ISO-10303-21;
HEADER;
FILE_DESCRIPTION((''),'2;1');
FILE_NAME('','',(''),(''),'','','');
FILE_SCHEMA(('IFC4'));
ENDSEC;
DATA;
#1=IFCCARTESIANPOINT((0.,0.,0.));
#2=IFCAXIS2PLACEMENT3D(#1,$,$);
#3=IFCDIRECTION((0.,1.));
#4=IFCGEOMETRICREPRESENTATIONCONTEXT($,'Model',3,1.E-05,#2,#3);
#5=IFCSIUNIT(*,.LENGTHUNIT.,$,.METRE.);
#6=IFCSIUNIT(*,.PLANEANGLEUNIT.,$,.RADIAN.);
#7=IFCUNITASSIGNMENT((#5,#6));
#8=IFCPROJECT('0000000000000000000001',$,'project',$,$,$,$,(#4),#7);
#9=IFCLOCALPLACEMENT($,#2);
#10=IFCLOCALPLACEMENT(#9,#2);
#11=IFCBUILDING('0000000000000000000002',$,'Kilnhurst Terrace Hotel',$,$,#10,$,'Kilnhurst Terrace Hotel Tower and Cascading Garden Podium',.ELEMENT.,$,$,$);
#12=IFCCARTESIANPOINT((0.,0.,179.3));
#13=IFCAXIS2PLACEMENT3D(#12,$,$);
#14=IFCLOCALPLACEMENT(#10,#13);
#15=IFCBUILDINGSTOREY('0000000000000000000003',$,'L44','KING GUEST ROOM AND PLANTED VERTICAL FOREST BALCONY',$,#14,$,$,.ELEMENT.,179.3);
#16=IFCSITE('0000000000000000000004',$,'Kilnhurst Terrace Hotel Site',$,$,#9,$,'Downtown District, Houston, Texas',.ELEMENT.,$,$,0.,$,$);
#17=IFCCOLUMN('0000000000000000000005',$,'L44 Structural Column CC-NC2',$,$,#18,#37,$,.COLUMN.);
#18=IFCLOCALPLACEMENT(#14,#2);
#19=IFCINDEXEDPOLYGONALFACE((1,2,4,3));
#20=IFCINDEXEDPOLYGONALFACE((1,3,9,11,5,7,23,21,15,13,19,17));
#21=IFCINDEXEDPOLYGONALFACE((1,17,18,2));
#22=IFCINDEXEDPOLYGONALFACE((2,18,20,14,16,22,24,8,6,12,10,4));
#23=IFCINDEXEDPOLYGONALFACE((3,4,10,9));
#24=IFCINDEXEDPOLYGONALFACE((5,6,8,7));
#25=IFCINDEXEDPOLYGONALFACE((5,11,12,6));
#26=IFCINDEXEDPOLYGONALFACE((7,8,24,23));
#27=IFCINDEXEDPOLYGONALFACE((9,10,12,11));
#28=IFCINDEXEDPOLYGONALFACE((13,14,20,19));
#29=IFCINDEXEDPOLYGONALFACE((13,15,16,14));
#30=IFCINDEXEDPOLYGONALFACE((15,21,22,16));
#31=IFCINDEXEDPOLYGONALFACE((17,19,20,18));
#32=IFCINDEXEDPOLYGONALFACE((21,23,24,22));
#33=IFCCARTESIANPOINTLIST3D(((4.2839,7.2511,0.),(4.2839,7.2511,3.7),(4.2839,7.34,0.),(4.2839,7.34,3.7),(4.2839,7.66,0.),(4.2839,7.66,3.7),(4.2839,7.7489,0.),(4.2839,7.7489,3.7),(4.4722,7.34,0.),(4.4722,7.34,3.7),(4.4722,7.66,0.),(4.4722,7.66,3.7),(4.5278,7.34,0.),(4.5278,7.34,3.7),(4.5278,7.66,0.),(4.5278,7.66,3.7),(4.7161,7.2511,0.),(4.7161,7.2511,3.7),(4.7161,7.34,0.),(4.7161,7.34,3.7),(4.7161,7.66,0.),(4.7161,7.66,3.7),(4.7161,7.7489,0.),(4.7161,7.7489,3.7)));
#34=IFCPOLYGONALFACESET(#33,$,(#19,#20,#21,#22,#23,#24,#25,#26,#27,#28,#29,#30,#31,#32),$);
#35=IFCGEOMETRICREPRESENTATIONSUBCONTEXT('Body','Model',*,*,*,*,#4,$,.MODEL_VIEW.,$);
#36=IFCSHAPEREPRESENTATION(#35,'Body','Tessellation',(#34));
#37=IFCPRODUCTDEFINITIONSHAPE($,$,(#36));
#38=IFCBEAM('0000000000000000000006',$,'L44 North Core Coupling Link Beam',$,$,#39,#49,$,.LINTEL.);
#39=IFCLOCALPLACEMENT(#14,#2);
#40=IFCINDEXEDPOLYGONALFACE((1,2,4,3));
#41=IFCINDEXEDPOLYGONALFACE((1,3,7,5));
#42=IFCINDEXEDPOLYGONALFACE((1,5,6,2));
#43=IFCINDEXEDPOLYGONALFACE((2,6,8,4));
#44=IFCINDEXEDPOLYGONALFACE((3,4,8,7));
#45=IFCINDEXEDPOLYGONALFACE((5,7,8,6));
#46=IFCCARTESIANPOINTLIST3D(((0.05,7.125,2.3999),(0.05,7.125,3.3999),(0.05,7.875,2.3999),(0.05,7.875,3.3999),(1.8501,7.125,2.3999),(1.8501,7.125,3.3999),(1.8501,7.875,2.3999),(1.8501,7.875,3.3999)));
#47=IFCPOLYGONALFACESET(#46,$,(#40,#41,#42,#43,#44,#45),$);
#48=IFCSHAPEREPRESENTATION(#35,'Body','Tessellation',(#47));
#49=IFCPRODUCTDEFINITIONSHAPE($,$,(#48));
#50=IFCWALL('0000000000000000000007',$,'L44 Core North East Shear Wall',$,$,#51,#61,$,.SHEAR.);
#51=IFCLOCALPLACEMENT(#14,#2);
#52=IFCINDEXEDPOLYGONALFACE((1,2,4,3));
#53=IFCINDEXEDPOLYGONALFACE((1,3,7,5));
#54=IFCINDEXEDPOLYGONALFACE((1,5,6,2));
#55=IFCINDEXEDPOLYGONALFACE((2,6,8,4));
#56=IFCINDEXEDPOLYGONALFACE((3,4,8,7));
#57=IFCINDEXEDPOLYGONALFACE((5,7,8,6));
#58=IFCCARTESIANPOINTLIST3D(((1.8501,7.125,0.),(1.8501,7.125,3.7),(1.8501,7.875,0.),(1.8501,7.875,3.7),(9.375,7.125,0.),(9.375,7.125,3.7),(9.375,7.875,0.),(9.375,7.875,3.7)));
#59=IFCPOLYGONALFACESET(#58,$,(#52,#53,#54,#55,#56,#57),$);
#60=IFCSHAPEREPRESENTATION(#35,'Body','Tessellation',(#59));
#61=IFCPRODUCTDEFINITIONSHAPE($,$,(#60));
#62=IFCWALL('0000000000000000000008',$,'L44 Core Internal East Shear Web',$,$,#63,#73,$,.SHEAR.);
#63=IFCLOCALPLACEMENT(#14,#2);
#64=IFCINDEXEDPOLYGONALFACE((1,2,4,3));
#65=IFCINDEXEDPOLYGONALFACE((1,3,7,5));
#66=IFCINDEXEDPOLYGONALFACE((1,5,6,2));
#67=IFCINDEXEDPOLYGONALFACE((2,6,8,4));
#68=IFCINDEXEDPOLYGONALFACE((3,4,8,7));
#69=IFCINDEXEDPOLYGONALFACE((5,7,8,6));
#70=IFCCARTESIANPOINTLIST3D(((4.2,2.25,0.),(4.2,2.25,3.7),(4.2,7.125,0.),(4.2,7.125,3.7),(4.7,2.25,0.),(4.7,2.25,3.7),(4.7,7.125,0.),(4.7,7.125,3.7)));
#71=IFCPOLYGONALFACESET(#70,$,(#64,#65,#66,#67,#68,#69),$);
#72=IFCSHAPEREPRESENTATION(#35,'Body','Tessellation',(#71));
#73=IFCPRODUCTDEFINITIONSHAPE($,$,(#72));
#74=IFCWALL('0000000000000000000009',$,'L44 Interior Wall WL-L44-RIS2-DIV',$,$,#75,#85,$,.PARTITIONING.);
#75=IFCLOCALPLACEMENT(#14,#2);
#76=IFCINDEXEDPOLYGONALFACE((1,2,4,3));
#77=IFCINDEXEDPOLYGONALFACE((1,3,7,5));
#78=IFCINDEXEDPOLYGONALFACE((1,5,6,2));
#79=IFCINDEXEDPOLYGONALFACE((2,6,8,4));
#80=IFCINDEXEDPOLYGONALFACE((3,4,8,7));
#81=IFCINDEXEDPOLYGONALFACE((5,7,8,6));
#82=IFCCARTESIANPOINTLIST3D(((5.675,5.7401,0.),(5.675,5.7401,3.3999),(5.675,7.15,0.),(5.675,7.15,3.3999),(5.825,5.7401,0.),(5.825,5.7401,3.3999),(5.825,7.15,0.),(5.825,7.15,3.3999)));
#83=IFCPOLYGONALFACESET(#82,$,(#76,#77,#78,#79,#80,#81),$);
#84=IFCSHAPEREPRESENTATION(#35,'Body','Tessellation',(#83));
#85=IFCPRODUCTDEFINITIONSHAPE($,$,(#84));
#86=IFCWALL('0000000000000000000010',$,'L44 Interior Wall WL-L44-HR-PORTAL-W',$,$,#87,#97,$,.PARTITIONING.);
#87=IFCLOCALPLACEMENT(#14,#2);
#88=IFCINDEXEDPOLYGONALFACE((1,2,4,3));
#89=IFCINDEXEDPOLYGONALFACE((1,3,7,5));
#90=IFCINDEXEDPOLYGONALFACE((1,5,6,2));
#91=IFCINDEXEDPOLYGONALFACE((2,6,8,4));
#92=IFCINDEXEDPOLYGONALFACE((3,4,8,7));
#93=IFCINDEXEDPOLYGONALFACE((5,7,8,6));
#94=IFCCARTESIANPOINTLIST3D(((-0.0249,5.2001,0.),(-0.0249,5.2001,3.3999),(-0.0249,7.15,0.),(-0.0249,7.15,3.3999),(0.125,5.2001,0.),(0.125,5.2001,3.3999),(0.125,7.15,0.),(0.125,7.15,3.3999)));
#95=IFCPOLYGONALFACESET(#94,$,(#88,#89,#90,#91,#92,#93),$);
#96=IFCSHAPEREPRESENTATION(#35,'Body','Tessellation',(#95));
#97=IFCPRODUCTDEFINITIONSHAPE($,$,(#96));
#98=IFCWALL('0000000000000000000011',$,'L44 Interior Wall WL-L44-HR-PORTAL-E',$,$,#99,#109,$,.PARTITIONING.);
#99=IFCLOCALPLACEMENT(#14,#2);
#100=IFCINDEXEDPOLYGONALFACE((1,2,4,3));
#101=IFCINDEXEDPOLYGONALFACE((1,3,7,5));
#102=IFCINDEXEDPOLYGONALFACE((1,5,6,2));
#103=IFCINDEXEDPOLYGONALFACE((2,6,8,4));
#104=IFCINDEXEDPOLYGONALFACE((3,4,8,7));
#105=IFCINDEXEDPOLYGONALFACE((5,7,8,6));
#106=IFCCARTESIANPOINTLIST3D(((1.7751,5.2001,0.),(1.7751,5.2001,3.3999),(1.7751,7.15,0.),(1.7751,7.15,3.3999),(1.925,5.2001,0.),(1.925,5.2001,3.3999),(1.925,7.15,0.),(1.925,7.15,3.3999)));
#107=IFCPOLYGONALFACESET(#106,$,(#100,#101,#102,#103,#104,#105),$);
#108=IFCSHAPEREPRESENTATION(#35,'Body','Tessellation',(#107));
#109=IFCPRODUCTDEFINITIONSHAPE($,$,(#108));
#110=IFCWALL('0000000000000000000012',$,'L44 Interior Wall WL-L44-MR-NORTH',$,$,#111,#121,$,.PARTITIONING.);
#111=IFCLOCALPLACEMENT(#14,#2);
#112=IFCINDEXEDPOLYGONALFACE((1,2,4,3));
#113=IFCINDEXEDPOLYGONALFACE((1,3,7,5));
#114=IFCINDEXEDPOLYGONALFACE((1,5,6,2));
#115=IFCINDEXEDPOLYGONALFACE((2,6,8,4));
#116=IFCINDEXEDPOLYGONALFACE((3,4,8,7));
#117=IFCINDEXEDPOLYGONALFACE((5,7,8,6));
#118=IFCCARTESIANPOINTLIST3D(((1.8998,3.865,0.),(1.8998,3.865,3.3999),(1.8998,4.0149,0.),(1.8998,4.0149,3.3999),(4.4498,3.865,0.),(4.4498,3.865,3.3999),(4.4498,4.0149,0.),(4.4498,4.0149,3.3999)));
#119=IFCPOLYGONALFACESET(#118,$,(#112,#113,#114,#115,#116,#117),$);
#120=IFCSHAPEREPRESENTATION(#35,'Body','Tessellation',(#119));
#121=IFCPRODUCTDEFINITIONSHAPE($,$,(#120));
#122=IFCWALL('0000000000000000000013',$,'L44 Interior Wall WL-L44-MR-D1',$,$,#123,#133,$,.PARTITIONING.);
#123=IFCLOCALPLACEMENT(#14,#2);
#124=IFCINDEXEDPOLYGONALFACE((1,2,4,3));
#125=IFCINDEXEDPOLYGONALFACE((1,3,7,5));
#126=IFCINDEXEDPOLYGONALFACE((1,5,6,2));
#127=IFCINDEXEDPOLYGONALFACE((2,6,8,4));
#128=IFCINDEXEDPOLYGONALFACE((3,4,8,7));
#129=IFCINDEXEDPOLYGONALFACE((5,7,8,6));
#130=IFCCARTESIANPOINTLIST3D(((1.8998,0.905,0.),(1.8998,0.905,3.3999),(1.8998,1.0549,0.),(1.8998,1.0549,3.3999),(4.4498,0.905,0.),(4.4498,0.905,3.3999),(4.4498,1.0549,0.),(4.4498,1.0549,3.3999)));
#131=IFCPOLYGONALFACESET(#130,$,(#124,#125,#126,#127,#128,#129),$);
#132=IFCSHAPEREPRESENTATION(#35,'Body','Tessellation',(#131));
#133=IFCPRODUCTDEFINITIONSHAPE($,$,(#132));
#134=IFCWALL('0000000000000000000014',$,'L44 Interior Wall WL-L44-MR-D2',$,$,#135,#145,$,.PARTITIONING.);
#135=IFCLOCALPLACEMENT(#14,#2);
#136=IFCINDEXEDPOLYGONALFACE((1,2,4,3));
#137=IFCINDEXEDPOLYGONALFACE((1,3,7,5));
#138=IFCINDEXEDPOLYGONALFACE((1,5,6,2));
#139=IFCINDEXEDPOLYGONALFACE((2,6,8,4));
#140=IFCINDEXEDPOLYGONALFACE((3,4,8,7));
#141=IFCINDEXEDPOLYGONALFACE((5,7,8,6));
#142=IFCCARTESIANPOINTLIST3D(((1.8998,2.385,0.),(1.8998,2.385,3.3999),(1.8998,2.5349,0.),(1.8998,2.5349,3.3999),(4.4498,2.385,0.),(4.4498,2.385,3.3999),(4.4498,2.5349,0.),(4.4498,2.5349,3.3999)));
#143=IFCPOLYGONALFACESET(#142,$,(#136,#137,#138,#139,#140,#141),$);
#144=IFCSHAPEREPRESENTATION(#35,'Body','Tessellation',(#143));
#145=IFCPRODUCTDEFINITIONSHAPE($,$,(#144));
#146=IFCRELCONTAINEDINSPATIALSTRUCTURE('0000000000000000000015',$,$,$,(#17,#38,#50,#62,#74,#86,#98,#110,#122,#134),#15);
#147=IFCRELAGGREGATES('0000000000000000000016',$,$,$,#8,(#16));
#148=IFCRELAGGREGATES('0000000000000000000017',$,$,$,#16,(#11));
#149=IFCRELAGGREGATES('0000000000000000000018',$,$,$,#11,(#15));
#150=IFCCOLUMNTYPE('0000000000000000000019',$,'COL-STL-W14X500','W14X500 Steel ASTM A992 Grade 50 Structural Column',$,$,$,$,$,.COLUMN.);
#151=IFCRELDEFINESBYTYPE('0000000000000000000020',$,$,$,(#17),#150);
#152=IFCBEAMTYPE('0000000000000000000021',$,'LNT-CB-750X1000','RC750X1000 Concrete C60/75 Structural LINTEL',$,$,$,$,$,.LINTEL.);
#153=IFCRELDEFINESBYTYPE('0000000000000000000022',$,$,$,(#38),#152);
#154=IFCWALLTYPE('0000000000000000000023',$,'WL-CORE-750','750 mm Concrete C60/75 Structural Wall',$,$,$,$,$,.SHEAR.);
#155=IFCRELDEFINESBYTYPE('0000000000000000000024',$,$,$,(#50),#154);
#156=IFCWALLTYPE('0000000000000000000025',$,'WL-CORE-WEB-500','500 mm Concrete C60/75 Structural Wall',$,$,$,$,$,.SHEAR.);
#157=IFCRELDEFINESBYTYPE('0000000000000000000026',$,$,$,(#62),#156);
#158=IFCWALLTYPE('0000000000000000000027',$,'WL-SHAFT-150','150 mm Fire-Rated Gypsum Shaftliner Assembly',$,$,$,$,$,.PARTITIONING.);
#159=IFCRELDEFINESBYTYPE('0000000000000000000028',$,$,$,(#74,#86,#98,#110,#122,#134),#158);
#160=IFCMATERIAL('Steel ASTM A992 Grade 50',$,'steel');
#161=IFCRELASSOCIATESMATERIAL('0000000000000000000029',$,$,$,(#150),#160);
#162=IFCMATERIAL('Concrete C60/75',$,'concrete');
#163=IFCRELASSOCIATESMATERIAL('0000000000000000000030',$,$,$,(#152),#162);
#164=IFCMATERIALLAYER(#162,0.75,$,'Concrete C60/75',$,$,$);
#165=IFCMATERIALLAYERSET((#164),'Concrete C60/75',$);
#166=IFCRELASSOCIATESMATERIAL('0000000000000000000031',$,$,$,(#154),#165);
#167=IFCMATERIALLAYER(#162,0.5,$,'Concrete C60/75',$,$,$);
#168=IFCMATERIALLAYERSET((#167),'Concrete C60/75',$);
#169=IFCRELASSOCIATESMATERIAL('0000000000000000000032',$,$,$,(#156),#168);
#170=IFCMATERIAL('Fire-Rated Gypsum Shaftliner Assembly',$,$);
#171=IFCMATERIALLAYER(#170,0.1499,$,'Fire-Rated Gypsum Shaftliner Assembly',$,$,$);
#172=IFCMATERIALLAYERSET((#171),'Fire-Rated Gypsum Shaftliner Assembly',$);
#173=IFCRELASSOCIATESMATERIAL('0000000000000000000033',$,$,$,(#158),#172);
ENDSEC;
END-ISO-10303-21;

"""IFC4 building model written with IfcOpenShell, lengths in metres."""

from ifc_helpers import new_model, si_unit, direction, frame, frame_2d, origin, origin_2d, place, context, subcontext, project, spatial, rectangle, i_section, extrude, material, layer, layer_set, material_profile, profile_set, type_object, element, save


model = new_model("IFC4")

# Units and contexts
model_context = context("Model", 3, precision=1e-05, world=origin(), true_north=direction((0.0, 1.0)))
body_context = subcontext(model_context, "Body", "Model", "MODEL_VIEW")
ifc_project = project(units=[si_unit("LENGTHUNIT", "METRE"), si_unit("PLANEANGLEUNIT", "RADIAN")], contexts=[model_context])

# Site, building, storey
site_placement = place(None, origin())
site = spatial("IfcSite", under=ifc_project, at=site_placement, Name="Kilnhurst Terrace Hotel Site", LongName="Downtown District, Houston, Texas", CompositionType="ELEMENT", RefElevation=0.0)
building_placement = place(site_placement, origin())
building = spatial("IfcBuilding", under=site, at=building_placement, Name="Kilnhurst Terrace Hotel", LongName="Kilnhurst Terrace Hotel Tower and Cascading Garden Podium", CompositionType="ELEMENT")
storey_placement = place(building_placement, frame((0.0, 0.0, 179.3)))
storey = spatial("IfcBuildingStorey", under=building, at=storey_placement, Name="L44", Description="KING GUEST ROOM AND PLANTED VERTICAL FOREST BALCONY", CompositionType="ELEMENT", Elevation=179.3)

# Column
ifc_material_1 = material(Name="Steel ASTM A992 Grade 50", Category="steel")
ifc_material_profile_1 = material_profile(ifc_material_1, i_section(OverallWidth=0.4321, OverallDepth=0.4978, WebThickness=0.0557, FlangeThickness=0.0889, at=origin_2d()), Name="W14X500")
ifc_profile_set_1 = profile_set([ifc_material_profile_1], Name="Steel ASTM A992 Grade 50")
column_type = type_object("IfcColumnType", Name="COL-STL-W14X500", Description="W14X500 Steel ASTM A992 Grade 50 Structural Column", PredefinedType="COLUMN", material=ifc_profile_set_1)
column_placement = place(storey_placement, frame((4.5, 7.5, 0.0), z_axis=(0.0, 0.0, 1.0), x_axis=(1.0, 0.0, 0.0)))
element("IfcColumn", 1, at=column_placement, inside=storey, type_object=column_type, Name="L44 Structural Column CC-NC2", PredefinedType="COLUMN", context=body_context, shape_type="SweptSolid", body=[
    extrude(i_section(OverallWidth=0.4321, OverallDepth=0.4978, WebThickness=0.0557, FlangeThickness=0.0889, at=origin_2d()), origin(), (0.0, 0.0, 1.0), 3.7),
])

# Beam
ifc_material_2 = material(Name="Concrete C60/75", Category="concrete")
ifc_material_profile_2 = material_profile(ifc_material_2, rectangle(XDim=0.75, YDim=1.0, at=origin_2d()), Name="RC750X1000")
ifc_profile_set_2 = profile_set([ifc_material_profile_2], Name="Concrete C60/75")
beam_type = type_object("IfcBeamType", Name="LNT-CB-750X1000", Description="RC750X1000 Concrete C60/75 Structural LINTEL", PredefinedType="LINTEL", material=ifc_profile_set_2)
beam_placement = place(storey_placement, frame((0.05, 7.5, 2.8999), z_axis=(1.0, 0.0, 0.0), x_axis=(0.0, 1.0, 0.0)))
element("IfcBeam", 2, at=beam_placement, inside=storey, type_object=beam_type, Name="L44 North Core Coupling Link Beam", PredefinedType="LINTEL", context=body_context, shape_type="SweptSolid", body=[
    extrude(rectangle(XDim=0.75, YDim=1.0, at=origin_2d()), origin(), (0.0, 0.0, 1.0), 1.8),
])

# Walls
ifc_layer_1 = layer(ifc_material_2, 0.75, Name="Concrete C60/75")
ifc_layer_set_1 = layer_set([ifc_layer_1], Name="Concrete C60/75")
wall_type_1 = type_object("IfcWallType", Name="WL-CORE-750", Description="750 mm Concrete C60/75 Structural Wall", PredefinedType="SHEAR", material=ifc_layer_set_1)
wall_1_placement = place(storey_placement, frame((1.8501, 7.5, 0.0), z_axis=(0.0, 0.0, 1.0), x_axis=(1.0, 0.0, 0.0)))
element("IfcWall", 3, at=wall_1_placement, inside=storey, type_object=wall_type_1, Name="L44 Core North East Shear Wall", PredefinedType="SHEAR", context=body_context, shape_type="SweptSolid", body=[
    extrude(rectangle(XDim=7.5249, YDim=0.75, at=frame_2d((3.7625, 0.0))), origin(), (0.0, 0.0, 1.0), 3.7),
])
ifc_layer_2 = layer(ifc_material_2, 0.5, Name="Concrete C60/75")
ifc_layer_set_2 = layer_set([ifc_layer_2], Name="Concrete C60/75")
wall_type_2 = type_object("IfcWallType", Name="WL-CORE-WEB-500", Description="500 mm Concrete C60/75 Structural Wall", PredefinedType="SHEAR", material=ifc_layer_set_2)
wall_2_placement = place(storey_placement, frame((4.45, 2.25, 0.0), z_axis=(0.0, 0.0, 1.0), x_axis=(0.0, 1.0, 0.0)))
element("IfcWall", 4, at=wall_2_placement, inside=storey, type_object=wall_type_2, Name="L44 Core Internal East Shear Web", PredefinedType="SHEAR", context=body_context, shape_type="SweptSolid", body=[
    extrude(rectangle(XDim=4.875, YDim=0.5, at=frame_2d((2.4375, 0.0))), origin(), (0.0, 0.0, 1.0), 3.7),
])
ifc_material_3 = material(Name="Fire-Rated Gypsum Shaftliner Assembly")
ifc_layer_3 = layer(ifc_material_3, 0.1499, Name="Fire-Rated Gypsum Shaftliner Assembly")
ifc_layer_set_3 = layer_set([ifc_layer_3], Name="Fire-Rated Gypsum Shaftliner Assembly")
wall_type_3 = type_object("IfcWallType", Name="WL-SHAFT-150", Description="150 mm Fire-Rated Gypsum Shaftliner Assembly", PredefinedType="PARTITIONING", material=ifc_layer_set_3)
wall_3_placement = place(storey_placement, frame((5.75, 5.74, 0.0), z_axis=(0.0, 0.0, 1.0), x_axis=(0.0, 1.0, 0.0)))
element("IfcWall", 5, at=wall_3_placement, inside=storey, type_object=wall_type_3, Name="L44 Interior Wall WL-L44-RIS2-DIV", PredefinedType="PARTITIONING", context=body_context, shape_type="SweptSolid", body=[
    extrude(rectangle(XDim=1.4099, YDim=0.1499, at=frame_2d((0.7051, 0.0))), origin(), (0.0, 0.0, 1.0), 3.3999),
])
for number, where, z_axis, x_axis, name in (
    (6, (0.05, 5.2, 0.0), (0.0, 0.0, 1.0), (0.0, 1.0, 0.0), "L44 Interior Wall WL-L44-HR-PORTAL-W"),
    (7, (1.8501, 5.2, 0.0), (0.0, 0.0, 1.0), (0.0, 1.0, 0.0), "L44 Interior Wall WL-L44-HR-PORTAL-E"),
):
    element("IfcWall", number, at=place(storey_placement, frame(where, z_axis=z_axis, x_axis=x_axis)), inside=storey, type_object=wall_type_3, Name=name, PredefinedType="PARTITIONING", context=body_context, shape_type="SweptSolid", body=[
        extrude(rectangle(XDim=1.95, YDim=0.1499, at=frame_2d((0.9751, 0.0))), origin(), (0.0, 0.0, 1.0), 3.3999),
    ])
for number, where, z_axis, x_axis, name in (
    (8, (1.8999, 3.9399, 0.0), (0.0, 0.0, 1.0), (1.0, 0.0, 0.0), "L44 Interior Wall WL-L44-MR-NORTH"),
    (9, (1.8999, 0.98, 0.0), (0.0, 0.0, 1.0), (1.0, 0.0, 0.0), "L44 Interior Wall WL-L44-MR-D1"),
    (10, (1.8999, 2.46, 0.0), (0.0, 0.0, 1.0), (1.0, 0.0, 0.0), "L44 Interior Wall WL-L44-MR-D2"),
):
    element("IfcWall", number, at=place(storey_placement, frame(where, z_axis=z_axis, x_axis=x_axis)), inside=storey, type_object=wall_type_3, Name=name, PredefinedType="PARTITIONING", context=body_context, shape_type="SweptSolid", body=[
        extrude(rectangle(XDim=2.55, YDim=0.1499, at=frame_2d((1.2749, 0.0))), origin(), (0.0, 0.0, 1.0), 3.3999),
    ])

save(model, "model.ifc")
